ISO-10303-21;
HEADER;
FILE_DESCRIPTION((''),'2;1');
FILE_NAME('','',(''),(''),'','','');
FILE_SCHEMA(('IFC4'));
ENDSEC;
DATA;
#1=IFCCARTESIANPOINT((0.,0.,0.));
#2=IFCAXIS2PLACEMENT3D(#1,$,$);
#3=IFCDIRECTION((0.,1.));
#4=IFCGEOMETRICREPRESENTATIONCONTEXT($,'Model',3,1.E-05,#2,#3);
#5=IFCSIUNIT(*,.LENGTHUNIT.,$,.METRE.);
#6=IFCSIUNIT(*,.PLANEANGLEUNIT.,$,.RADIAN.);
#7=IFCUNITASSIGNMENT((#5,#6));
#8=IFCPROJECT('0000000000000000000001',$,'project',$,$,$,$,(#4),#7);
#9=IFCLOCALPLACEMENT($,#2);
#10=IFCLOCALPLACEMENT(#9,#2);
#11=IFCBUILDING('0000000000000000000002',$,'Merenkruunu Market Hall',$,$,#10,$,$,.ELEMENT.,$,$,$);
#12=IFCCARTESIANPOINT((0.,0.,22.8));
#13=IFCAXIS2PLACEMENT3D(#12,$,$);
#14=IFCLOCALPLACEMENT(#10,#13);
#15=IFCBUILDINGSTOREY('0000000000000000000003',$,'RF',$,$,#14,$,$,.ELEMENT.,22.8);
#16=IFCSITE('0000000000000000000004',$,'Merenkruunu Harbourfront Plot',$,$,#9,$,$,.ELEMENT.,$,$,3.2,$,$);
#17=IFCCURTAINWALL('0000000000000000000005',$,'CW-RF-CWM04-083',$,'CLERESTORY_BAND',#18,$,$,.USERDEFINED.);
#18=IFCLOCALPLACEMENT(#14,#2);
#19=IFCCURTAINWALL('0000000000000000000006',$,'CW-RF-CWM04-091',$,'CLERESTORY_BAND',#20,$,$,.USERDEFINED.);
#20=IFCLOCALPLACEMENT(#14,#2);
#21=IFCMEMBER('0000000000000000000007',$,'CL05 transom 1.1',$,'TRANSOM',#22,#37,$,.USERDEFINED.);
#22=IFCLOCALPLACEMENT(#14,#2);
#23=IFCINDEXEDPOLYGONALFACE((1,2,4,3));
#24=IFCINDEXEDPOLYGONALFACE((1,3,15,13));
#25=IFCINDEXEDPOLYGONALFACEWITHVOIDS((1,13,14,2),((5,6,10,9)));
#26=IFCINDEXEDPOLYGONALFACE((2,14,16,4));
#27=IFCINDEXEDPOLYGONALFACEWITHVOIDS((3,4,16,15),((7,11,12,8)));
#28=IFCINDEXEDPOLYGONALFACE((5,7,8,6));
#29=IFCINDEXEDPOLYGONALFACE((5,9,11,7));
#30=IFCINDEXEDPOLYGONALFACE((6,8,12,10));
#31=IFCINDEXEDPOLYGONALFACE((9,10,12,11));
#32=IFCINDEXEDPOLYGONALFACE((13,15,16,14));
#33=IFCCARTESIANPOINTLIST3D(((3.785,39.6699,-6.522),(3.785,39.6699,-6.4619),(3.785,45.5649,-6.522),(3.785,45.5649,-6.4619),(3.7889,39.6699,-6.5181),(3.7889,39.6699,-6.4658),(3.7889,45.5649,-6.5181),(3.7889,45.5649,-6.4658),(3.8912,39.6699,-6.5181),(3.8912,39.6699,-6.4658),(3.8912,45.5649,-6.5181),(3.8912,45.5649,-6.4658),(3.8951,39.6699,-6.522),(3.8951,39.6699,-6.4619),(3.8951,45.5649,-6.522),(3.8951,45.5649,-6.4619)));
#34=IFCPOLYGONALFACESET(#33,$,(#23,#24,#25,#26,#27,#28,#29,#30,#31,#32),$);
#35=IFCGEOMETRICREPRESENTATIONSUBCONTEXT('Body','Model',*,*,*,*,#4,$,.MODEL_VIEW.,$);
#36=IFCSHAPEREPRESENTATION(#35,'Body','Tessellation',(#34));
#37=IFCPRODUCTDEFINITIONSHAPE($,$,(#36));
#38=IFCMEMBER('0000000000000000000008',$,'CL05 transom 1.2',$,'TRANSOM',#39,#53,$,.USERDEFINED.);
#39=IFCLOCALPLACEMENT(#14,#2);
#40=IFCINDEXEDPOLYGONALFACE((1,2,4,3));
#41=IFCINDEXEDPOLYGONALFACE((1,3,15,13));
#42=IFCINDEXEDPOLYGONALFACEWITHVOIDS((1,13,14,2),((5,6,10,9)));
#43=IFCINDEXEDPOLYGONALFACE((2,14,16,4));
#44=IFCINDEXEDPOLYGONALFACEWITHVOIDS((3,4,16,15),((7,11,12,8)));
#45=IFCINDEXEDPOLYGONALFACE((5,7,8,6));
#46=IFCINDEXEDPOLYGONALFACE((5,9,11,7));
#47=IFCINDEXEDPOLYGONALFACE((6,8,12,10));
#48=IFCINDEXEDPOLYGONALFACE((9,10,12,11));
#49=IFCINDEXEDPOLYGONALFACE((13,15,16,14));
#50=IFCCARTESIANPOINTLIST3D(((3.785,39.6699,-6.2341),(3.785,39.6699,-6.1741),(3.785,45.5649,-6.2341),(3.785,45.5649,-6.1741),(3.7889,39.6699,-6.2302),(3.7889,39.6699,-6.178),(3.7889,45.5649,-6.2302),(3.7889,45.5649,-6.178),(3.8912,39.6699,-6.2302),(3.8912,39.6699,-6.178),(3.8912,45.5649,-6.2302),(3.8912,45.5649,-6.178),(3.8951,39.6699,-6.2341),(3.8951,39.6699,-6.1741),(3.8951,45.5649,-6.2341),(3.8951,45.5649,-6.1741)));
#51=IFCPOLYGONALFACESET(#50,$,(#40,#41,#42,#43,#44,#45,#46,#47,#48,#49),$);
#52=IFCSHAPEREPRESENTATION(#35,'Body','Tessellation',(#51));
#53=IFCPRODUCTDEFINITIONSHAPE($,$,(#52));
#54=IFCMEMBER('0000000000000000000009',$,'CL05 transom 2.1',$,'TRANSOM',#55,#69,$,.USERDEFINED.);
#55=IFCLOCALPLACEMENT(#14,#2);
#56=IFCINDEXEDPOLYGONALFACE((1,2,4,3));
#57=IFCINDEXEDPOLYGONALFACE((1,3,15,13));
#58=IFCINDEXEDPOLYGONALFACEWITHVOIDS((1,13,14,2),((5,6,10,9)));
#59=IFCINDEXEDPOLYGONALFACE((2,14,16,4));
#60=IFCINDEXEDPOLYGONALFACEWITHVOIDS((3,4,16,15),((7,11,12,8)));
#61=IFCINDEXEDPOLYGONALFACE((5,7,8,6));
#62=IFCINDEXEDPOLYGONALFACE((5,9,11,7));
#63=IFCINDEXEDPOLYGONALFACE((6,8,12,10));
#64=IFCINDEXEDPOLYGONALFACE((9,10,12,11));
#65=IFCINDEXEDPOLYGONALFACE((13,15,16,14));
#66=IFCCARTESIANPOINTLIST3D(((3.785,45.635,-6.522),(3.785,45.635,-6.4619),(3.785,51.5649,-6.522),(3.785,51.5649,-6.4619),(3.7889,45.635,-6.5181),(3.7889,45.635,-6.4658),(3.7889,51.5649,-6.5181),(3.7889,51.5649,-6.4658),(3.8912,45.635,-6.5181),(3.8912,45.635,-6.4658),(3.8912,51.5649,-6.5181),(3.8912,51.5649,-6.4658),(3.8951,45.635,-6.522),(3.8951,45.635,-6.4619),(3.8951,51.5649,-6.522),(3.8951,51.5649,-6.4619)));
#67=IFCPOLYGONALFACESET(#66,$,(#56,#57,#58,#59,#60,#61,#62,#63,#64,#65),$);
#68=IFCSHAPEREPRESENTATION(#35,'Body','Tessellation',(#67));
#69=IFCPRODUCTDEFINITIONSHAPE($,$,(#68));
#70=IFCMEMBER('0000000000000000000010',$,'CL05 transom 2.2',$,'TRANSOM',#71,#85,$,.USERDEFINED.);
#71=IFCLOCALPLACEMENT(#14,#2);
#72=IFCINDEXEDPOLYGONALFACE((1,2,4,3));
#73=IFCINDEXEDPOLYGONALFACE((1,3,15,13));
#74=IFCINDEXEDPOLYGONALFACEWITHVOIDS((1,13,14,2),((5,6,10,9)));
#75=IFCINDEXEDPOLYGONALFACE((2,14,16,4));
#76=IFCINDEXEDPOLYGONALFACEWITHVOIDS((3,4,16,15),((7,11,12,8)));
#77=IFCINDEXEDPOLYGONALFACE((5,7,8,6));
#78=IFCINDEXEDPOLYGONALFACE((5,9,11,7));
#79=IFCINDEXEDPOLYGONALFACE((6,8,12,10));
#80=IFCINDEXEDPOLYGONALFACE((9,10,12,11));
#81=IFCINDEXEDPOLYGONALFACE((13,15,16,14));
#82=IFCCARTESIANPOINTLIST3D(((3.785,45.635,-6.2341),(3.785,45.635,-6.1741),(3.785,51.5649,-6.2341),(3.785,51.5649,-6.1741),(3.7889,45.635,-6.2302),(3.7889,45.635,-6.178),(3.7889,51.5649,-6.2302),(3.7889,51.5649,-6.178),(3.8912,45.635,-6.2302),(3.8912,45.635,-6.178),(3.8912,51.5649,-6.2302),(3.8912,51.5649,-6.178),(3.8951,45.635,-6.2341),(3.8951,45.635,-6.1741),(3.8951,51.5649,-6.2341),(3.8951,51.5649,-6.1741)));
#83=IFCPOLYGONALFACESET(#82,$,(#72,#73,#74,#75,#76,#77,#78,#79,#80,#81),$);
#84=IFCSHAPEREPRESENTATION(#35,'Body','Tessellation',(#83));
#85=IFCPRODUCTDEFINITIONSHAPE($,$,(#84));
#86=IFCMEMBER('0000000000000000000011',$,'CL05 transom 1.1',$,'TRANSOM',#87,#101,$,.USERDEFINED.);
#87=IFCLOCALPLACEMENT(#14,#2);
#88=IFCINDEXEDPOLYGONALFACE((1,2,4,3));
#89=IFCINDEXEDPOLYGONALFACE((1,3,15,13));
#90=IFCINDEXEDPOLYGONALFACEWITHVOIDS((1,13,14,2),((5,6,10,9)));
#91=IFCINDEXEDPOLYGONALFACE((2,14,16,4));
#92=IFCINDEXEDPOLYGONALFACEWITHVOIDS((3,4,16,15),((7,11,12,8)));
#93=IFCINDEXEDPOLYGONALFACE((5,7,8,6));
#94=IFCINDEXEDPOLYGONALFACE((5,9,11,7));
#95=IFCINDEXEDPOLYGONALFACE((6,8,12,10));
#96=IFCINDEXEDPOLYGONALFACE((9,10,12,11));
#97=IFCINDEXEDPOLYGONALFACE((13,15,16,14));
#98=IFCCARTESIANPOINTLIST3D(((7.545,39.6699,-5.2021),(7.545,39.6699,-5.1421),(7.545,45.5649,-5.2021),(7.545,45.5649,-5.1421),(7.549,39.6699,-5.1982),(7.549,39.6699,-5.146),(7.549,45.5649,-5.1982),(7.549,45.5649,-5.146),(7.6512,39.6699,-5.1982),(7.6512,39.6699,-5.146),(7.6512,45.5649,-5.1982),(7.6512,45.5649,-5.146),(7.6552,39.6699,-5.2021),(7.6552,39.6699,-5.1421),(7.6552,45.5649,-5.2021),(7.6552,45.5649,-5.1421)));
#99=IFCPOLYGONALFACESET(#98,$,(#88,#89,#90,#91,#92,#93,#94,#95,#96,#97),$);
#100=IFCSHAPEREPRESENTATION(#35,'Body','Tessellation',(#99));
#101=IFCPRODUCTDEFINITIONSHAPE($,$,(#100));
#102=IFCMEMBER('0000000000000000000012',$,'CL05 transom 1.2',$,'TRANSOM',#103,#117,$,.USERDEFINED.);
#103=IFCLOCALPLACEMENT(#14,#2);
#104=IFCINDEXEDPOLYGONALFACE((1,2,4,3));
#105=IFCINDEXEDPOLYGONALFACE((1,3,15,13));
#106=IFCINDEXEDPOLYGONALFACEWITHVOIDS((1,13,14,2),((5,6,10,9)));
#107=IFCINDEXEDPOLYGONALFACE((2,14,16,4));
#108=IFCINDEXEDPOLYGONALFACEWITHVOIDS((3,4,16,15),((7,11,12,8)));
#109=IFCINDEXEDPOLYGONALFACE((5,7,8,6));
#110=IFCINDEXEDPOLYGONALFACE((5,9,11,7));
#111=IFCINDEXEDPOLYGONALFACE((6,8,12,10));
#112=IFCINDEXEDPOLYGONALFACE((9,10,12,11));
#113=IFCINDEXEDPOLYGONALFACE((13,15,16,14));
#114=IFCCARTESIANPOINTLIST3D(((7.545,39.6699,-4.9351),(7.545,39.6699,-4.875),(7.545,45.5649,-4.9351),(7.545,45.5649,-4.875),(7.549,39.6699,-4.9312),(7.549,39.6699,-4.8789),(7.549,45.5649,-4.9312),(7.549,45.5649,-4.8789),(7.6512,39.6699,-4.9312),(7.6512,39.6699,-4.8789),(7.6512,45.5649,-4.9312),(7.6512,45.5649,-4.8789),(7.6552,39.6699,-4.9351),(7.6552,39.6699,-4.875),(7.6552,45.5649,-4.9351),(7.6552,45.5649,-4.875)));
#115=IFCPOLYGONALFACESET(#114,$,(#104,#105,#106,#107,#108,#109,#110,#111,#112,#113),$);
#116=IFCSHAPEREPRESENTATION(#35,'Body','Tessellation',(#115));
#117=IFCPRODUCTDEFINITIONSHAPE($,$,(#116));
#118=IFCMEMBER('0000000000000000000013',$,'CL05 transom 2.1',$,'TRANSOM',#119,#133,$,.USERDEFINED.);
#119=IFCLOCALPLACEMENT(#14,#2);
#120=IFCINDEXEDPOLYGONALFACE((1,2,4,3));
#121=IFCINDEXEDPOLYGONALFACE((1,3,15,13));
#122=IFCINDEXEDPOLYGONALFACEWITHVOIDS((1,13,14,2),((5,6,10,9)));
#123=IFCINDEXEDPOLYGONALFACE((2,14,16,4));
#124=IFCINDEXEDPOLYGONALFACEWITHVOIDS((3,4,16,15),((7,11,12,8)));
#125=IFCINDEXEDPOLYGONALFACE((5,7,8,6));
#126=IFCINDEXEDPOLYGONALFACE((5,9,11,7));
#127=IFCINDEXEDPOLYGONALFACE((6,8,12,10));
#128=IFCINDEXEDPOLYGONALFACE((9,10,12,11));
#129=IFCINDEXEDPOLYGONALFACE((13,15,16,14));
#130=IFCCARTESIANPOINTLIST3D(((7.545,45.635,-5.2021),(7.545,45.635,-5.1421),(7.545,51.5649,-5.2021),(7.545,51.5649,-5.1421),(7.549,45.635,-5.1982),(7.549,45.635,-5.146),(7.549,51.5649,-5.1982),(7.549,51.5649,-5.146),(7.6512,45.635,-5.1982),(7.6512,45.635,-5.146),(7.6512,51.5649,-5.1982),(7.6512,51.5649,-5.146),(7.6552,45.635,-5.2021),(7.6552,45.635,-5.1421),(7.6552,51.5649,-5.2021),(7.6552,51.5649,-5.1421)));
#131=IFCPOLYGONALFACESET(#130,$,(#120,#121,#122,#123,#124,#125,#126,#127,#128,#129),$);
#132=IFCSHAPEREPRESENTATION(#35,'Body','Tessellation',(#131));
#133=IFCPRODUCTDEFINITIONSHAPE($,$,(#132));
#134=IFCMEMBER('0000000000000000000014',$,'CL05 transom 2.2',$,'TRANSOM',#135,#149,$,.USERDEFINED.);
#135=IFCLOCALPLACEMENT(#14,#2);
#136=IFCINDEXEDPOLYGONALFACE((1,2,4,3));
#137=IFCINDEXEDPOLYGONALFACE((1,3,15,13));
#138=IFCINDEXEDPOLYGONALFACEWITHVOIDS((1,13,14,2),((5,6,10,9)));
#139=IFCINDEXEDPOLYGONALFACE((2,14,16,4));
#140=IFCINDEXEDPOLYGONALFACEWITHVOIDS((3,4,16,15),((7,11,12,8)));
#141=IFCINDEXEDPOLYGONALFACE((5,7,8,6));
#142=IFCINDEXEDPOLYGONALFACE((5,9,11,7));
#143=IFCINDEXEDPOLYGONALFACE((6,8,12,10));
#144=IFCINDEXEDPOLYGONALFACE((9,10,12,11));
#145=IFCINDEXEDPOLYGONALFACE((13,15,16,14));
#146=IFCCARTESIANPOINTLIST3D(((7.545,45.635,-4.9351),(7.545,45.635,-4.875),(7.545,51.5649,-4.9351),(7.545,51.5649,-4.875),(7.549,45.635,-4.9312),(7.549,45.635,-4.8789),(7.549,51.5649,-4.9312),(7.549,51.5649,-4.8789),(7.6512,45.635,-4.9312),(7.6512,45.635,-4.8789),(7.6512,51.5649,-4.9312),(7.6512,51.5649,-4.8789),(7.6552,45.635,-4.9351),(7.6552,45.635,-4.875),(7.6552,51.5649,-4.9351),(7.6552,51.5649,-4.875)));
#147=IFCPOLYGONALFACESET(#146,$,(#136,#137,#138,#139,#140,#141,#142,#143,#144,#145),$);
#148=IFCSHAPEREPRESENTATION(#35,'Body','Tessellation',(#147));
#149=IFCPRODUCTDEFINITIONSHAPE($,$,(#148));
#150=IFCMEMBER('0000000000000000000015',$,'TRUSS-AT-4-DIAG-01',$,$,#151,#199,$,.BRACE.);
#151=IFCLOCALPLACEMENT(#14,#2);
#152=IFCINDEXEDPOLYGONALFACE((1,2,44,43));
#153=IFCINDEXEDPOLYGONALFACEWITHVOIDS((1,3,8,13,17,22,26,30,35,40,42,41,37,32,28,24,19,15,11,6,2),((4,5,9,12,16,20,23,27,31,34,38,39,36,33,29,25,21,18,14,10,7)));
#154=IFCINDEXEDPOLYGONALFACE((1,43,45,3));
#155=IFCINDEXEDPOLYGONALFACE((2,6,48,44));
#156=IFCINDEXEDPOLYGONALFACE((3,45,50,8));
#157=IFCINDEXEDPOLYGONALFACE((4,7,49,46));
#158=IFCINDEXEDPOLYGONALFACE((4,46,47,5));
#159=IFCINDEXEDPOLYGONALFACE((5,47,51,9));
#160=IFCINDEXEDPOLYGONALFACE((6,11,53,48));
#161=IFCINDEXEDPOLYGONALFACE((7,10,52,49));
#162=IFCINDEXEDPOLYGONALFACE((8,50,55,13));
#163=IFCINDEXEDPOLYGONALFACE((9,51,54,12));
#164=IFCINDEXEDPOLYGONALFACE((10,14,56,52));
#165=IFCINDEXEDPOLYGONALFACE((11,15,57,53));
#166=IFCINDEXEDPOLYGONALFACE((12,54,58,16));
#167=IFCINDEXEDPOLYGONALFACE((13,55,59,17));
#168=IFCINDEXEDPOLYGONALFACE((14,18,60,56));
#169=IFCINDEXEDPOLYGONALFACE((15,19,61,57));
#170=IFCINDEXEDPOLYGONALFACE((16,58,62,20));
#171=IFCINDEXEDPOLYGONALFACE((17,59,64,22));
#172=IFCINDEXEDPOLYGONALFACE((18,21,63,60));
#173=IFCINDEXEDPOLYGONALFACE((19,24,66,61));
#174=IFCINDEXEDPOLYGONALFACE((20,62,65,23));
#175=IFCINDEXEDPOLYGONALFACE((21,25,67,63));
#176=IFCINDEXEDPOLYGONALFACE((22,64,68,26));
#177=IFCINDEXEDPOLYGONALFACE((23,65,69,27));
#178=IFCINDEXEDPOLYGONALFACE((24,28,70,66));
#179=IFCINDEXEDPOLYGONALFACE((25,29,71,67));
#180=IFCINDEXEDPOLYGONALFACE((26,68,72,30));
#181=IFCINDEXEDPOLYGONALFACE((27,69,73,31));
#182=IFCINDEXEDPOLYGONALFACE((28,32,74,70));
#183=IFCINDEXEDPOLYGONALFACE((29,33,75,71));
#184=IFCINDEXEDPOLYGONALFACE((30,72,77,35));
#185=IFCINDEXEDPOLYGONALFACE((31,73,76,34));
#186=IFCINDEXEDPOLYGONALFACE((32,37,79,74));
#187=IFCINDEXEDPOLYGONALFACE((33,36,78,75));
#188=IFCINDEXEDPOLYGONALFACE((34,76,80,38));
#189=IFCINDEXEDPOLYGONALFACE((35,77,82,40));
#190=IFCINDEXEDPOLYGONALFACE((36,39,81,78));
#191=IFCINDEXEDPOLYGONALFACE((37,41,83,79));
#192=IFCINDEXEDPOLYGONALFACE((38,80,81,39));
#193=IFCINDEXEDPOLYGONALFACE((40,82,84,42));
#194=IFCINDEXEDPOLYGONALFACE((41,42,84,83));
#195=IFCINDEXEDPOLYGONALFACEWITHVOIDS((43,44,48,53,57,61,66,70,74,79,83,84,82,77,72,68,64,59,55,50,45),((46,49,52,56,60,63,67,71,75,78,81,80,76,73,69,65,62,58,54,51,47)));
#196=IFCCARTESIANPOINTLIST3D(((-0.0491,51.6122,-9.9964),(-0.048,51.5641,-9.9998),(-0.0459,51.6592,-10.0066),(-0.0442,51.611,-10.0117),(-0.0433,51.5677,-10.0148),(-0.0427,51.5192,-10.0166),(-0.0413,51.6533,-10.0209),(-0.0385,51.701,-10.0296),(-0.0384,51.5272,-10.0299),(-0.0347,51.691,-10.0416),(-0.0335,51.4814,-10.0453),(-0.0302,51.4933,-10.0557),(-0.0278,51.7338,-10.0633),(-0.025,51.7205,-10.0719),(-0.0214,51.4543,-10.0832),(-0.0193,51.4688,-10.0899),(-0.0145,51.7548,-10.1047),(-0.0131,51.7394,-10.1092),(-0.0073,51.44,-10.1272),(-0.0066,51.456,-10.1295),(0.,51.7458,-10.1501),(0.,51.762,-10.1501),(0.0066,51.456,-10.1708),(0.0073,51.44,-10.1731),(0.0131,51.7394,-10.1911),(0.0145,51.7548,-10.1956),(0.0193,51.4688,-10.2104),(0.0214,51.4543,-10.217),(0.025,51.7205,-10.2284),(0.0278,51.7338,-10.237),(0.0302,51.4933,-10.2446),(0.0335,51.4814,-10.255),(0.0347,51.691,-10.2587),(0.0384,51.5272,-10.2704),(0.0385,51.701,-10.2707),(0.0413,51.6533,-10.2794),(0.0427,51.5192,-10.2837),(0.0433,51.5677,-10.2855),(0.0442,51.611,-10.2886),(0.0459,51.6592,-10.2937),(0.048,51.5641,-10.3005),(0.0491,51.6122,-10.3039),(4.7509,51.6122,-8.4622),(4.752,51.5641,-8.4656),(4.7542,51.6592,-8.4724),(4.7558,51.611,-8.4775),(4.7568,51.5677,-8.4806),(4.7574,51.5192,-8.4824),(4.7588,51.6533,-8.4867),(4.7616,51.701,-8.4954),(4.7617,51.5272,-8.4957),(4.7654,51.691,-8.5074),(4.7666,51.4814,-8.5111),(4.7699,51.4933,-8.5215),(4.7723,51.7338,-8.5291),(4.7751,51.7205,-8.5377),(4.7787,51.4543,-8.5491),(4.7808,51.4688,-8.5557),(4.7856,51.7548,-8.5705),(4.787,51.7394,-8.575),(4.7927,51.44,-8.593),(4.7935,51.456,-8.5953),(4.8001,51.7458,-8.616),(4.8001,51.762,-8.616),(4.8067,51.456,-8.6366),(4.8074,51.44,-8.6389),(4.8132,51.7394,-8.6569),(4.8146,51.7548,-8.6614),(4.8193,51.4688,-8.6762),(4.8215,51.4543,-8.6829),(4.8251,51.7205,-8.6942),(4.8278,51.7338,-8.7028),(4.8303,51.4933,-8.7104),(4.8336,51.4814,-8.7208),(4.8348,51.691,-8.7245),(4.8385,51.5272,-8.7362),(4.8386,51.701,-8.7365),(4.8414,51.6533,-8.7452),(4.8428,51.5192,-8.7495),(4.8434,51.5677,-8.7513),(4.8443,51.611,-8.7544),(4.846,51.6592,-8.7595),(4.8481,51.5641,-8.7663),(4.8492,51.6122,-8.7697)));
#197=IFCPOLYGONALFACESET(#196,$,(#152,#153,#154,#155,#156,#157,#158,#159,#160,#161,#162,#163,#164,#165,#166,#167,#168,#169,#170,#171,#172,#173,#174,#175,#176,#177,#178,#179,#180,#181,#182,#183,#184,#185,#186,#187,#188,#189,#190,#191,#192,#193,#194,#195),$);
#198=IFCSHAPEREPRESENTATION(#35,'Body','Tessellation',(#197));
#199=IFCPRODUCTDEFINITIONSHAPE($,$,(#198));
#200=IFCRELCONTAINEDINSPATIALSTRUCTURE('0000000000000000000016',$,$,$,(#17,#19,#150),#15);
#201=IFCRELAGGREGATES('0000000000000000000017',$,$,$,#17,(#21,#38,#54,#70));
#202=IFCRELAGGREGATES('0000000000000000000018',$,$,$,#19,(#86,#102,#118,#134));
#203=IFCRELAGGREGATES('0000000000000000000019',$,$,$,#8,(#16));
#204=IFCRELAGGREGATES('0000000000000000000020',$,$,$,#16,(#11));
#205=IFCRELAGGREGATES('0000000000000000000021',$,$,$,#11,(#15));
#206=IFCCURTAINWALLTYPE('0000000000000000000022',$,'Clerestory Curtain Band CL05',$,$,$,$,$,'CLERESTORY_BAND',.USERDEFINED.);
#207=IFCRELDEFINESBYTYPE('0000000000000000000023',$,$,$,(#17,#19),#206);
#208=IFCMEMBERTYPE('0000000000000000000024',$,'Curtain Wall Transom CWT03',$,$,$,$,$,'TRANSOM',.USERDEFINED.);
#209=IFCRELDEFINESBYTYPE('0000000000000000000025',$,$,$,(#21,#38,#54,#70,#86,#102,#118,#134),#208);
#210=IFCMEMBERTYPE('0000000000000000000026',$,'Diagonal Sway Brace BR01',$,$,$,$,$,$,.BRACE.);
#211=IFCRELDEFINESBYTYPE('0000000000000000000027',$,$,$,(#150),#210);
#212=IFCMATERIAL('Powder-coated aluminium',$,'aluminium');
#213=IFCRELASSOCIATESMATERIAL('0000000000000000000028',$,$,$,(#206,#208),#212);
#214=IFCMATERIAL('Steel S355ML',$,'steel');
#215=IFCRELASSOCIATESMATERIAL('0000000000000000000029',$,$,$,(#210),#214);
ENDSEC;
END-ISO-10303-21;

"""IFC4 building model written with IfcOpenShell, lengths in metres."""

from ifc_helpers import new_model, si_unit, direction, frame, origin, origin_2d, place, context, subcontext, project, spatial, hollow_rectangle, hollow_circle, extrude, material, material_profile, profile_set, type_object, element, aggregate, save


model = new_model("IFC4")

# Units and contexts
model_context = context("Model", 3, precision=1e-05, world=origin(), true_north=direction((0.0, 1.0)))
body_context = subcontext(model_context, "Body", "Model", "MODEL_VIEW")
ifc_project = project(units=[si_unit("LENGTHUNIT", "METRE"), si_unit("PLANEANGLEUNIT", "RADIAN")], contexts=[model_context])

# Site, building, storey
site_placement = place(None, origin())
site = spatial("IfcSite", under=ifc_project, at=site_placement, Name="Merenkruunu Harbourfront Plot", CompositionType="ELEMENT", RefElevation=3.2)
building_placement = place(site_placement, origin())
building = spatial("IfcBuilding", under=site, at=building_placement, Name="Merenkruunu Market Hall", CompositionType="ELEMENT")
storey_placement = place(building_placement, frame((0.0, 0.0, 22.8)))
storey = spatial("IfcBuildingStorey", under=building, at=storey_placement, Name="RF", CompositionType="ELEMENT", Elevation=22.8)

# Shared definitions
ifc_material_1 = material(Name="Steel S355ML", Category="steel")

# Curtain walls
ifc_material_2 = material(Name="Powder-coated aluminium", Category="aluminium")
curtain_wall_type = type_object("IfcCurtainWallType", Name="Clerestory Curtain Band CL05", ElementType="CLERESTORY_BAND", PredefinedType="USERDEFINED", material=ifc_material_2)
curtain_wall_1_placement = place(storey_placement, origin())
curtain_wall_1 = element("IfcCurtainWall", 1, at=curtain_wall_1_placement, inside=storey, type_object=curtain_wall_type, Name="CW-RF-CWM04-083", ObjectType="CLERESTORY_BAND", PredefinedType="USERDEFINED")
curtain_wall_2_placement = place(storey_placement, origin())
curtain_wall_2 = element("IfcCurtainWall", 2, at=curtain_wall_2_placement, inside=storey, type_object=curtain_wall_type, Name="CW-RF-CWM04-091", ObjectType="CLERESTORY_BAND", PredefinedType="USERDEFINED")

# Members
ifc_material_profile_1 = material_profile(ifc_material_2, hollow_rectangle(XDim=0.0601, YDim=0.1101, WallThickness=0.0039, at=origin_2d()), Name="ALU 60x110x4")
ifc_profile_set_1 = profile_set([ifc_material_profile_1], Name="Powder-coated aluminium")
member_type_1 = type_object("IfcMemberType", Name="Curtain Wall Transom CWT03", ElementType="TRANSOM", PredefinedType="USERDEFINED", material=ifc_profile_set_1)
member_1_placement = place(storey_placement, frame((3.8401, 39.6699, -6.4919), z_axis=(0.0, 1.0, 0.0), x_axis=(0.0, 0.0, 1.0)))
member_1 = element("IfcMember", 3, at=member_1_placement, type_object=member_type_1, Name="CL05 transom 1.1", ObjectType="TRANSOM", PredefinedType="USERDEFINED", context=body_context, shape_type="SweptSolid", body=[
    extrude(hollow_rectangle(XDim=0.0601, YDim=0.1101, WallThickness=0.0039, at=origin_2d()), origin(), (0.0, 0.0, 1.0), 5.895),
])
member_2_placement = place(storey_placement, frame((3.8401, 39.6699, -6.2041), z_axis=(0.0, 1.0, 0.0), x_axis=(0.0, 0.0, 1.0)))
member_2 = element("IfcMember", 4, at=member_2_placement, type_object=member_type_1, Name="CL05 transom 1.2", ObjectType="TRANSOM", PredefinedType="USERDEFINED", context=body_context, shape_type="SweptSolid", body=[
    extrude(hollow_rectangle(XDim=0.0601, YDim=0.1101, WallThickness=0.0039, at=origin_2d()), origin(), (0.0, 0.0, 1.0), 5.895),
])
member_3_placement = place(storey_placement, frame((3.8401, 45.635, -6.4919), z_axis=(0.0, 1.0, 0.0), x_axis=(0.0, 0.0, 1.0)))
member_3 = element("IfcMember", 5, at=member_3_placement, type_object=member_type_1, Name="CL05 transom 2.1", ObjectType="TRANSOM", PredefinedType="USERDEFINED", context=body_context, shape_type="SweptSolid", body=[
    extrude(hollow_rectangle(XDim=0.0601, YDim=0.1101, WallThickness=0.0039, at=origin_2d()), origin(), (0.0, 0.0, 1.0), 5.9299),
])
member_4_placement = place(storey_placement, frame((3.8401, 45.635, -6.2041), z_axis=(0.0, 1.0, 0.0), x_axis=(0.0, 0.0, 1.0)))
member_4 = element("IfcMember", 6, at=member_4_placement, type_object=member_type_1, Name="CL05 transom 2.2", ObjectType="TRANSOM", PredefinedType="USERDEFINED", context=body_context, shape_type="SweptSolid", body=[
    extrude(hollow_rectangle(XDim=0.0601, YDim=0.1101, WallThickness=0.0039, at=origin_2d()), origin(), (0.0, 0.0, 1.0), 5.9299),
])
member_5_placement = place(storey_placement, frame((7.6001, 39.6699, -5.1721), z_axis=(0.0, 1.0, 0.0), x_axis=(0.0, 0.0, 1.0)))
member_5 = element("IfcMember", 7, at=member_5_placement, type_object=member_type_1, Name="CL05 transom 1.1", ObjectType="TRANSOM", PredefinedType="USERDEFINED", context=body_context, shape_type="SweptSolid", body=[
    extrude(hollow_rectangle(XDim=0.0601, YDim=0.1101, WallThickness=0.0039, at=origin_2d()), origin(), (0.0, 0.0, 1.0), 5.895),
])
member_6_placement = place(storey_placement, frame((7.6001, 39.6699, -4.905), z_axis=(0.0, 1.0, 0.0), x_axis=(0.0, 0.0, 1.0)))
member_6 = element("IfcMember", 8, at=member_6_placement, type_object=member_type_1, Name="CL05 transom 1.2", ObjectType="TRANSOM", PredefinedType="USERDEFINED", context=body_context, shape_type="SweptSolid", body=[
    extrude(hollow_rectangle(XDim=0.0601, YDim=0.1101, WallThickness=0.0039, at=origin_2d()), origin(), (0.0, 0.0, 1.0), 5.895),
])
member_7_placement = place(storey_placement, frame((7.6001, 45.635, -5.1721), z_axis=(0.0, 1.0, 0.0), x_axis=(0.0, 0.0, 1.0)))
member_7 = element("IfcMember", 9, at=member_7_placement, type_object=member_type_1, Name="CL05 transom 2.1", ObjectType="TRANSOM", PredefinedType="USERDEFINED", context=body_context, shape_type="SweptSolid", body=[
    extrude(hollow_rectangle(XDim=0.0601, YDim=0.1101, WallThickness=0.0039, at=origin_2d()), origin(), (0.0, 0.0, 1.0), 5.9299),
])
member_8_placement = place(storey_placement, frame((7.6001, 45.635, -4.905), z_axis=(0.0, 1.0, 0.0), x_axis=(0.0, 0.0, 1.0)))
member_8 = element("IfcMember", 10, at=member_8_placement, type_object=member_type_1, Name="CL05 transom 2.2", ObjectType="TRANSOM", PredefinedType="USERDEFINED", context=body_context, shape_type="SweptSolid", body=[
    extrude(hollow_rectangle(XDim=0.0601, YDim=0.1101, WallThickness=0.0039, at=origin_2d()), origin(), (0.0, 0.0, 1.0), 5.9299),
])

# Member
ifc_material_profile_2 = material_profile(ifc_material_1, hollow_circle(Radius=0.1619, WallThickness=0.0161, at=origin_2d()), Name="CHS 323.9x16")
ifc_profile_set_2 = profile_set([ifc_material_profile_2], Name="Steel S355ML")
member_type_2 = type_object("IfcMemberType", Name="Diagonal Sway Brace BR01", PredefinedType="BRACE", material=ifc_profile_set_2)
member_9_placement = place(storey_placement, frame((0.0, 51.6001, -10.1501), z_axis=(0.95253, 0.0, 0.304445), x_axis=(0.0, 1.0, 0.0)))
element("IfcMember", 11, at=member_9_placement, inside=storey, type_object=member_type_2, Name="TRUSS-AT-4-DIAG-01", PredefinedType="BRACE", context=body_context, shape_type="SweptSolid", body=[
    extrude(hollow_circle(Radius=0.1619, WallThickness=0.0161, at=origin_2d()), origin(), (0.0, 0.0, 1.0), 5.0393),
])

aggregate(curtain_wall_1, [member_1, member_2, member_3, member_4])
aggregate(curtain_wall_2, [member_5, member_6, member_7, member_8])

save(model, "model.ifc")
